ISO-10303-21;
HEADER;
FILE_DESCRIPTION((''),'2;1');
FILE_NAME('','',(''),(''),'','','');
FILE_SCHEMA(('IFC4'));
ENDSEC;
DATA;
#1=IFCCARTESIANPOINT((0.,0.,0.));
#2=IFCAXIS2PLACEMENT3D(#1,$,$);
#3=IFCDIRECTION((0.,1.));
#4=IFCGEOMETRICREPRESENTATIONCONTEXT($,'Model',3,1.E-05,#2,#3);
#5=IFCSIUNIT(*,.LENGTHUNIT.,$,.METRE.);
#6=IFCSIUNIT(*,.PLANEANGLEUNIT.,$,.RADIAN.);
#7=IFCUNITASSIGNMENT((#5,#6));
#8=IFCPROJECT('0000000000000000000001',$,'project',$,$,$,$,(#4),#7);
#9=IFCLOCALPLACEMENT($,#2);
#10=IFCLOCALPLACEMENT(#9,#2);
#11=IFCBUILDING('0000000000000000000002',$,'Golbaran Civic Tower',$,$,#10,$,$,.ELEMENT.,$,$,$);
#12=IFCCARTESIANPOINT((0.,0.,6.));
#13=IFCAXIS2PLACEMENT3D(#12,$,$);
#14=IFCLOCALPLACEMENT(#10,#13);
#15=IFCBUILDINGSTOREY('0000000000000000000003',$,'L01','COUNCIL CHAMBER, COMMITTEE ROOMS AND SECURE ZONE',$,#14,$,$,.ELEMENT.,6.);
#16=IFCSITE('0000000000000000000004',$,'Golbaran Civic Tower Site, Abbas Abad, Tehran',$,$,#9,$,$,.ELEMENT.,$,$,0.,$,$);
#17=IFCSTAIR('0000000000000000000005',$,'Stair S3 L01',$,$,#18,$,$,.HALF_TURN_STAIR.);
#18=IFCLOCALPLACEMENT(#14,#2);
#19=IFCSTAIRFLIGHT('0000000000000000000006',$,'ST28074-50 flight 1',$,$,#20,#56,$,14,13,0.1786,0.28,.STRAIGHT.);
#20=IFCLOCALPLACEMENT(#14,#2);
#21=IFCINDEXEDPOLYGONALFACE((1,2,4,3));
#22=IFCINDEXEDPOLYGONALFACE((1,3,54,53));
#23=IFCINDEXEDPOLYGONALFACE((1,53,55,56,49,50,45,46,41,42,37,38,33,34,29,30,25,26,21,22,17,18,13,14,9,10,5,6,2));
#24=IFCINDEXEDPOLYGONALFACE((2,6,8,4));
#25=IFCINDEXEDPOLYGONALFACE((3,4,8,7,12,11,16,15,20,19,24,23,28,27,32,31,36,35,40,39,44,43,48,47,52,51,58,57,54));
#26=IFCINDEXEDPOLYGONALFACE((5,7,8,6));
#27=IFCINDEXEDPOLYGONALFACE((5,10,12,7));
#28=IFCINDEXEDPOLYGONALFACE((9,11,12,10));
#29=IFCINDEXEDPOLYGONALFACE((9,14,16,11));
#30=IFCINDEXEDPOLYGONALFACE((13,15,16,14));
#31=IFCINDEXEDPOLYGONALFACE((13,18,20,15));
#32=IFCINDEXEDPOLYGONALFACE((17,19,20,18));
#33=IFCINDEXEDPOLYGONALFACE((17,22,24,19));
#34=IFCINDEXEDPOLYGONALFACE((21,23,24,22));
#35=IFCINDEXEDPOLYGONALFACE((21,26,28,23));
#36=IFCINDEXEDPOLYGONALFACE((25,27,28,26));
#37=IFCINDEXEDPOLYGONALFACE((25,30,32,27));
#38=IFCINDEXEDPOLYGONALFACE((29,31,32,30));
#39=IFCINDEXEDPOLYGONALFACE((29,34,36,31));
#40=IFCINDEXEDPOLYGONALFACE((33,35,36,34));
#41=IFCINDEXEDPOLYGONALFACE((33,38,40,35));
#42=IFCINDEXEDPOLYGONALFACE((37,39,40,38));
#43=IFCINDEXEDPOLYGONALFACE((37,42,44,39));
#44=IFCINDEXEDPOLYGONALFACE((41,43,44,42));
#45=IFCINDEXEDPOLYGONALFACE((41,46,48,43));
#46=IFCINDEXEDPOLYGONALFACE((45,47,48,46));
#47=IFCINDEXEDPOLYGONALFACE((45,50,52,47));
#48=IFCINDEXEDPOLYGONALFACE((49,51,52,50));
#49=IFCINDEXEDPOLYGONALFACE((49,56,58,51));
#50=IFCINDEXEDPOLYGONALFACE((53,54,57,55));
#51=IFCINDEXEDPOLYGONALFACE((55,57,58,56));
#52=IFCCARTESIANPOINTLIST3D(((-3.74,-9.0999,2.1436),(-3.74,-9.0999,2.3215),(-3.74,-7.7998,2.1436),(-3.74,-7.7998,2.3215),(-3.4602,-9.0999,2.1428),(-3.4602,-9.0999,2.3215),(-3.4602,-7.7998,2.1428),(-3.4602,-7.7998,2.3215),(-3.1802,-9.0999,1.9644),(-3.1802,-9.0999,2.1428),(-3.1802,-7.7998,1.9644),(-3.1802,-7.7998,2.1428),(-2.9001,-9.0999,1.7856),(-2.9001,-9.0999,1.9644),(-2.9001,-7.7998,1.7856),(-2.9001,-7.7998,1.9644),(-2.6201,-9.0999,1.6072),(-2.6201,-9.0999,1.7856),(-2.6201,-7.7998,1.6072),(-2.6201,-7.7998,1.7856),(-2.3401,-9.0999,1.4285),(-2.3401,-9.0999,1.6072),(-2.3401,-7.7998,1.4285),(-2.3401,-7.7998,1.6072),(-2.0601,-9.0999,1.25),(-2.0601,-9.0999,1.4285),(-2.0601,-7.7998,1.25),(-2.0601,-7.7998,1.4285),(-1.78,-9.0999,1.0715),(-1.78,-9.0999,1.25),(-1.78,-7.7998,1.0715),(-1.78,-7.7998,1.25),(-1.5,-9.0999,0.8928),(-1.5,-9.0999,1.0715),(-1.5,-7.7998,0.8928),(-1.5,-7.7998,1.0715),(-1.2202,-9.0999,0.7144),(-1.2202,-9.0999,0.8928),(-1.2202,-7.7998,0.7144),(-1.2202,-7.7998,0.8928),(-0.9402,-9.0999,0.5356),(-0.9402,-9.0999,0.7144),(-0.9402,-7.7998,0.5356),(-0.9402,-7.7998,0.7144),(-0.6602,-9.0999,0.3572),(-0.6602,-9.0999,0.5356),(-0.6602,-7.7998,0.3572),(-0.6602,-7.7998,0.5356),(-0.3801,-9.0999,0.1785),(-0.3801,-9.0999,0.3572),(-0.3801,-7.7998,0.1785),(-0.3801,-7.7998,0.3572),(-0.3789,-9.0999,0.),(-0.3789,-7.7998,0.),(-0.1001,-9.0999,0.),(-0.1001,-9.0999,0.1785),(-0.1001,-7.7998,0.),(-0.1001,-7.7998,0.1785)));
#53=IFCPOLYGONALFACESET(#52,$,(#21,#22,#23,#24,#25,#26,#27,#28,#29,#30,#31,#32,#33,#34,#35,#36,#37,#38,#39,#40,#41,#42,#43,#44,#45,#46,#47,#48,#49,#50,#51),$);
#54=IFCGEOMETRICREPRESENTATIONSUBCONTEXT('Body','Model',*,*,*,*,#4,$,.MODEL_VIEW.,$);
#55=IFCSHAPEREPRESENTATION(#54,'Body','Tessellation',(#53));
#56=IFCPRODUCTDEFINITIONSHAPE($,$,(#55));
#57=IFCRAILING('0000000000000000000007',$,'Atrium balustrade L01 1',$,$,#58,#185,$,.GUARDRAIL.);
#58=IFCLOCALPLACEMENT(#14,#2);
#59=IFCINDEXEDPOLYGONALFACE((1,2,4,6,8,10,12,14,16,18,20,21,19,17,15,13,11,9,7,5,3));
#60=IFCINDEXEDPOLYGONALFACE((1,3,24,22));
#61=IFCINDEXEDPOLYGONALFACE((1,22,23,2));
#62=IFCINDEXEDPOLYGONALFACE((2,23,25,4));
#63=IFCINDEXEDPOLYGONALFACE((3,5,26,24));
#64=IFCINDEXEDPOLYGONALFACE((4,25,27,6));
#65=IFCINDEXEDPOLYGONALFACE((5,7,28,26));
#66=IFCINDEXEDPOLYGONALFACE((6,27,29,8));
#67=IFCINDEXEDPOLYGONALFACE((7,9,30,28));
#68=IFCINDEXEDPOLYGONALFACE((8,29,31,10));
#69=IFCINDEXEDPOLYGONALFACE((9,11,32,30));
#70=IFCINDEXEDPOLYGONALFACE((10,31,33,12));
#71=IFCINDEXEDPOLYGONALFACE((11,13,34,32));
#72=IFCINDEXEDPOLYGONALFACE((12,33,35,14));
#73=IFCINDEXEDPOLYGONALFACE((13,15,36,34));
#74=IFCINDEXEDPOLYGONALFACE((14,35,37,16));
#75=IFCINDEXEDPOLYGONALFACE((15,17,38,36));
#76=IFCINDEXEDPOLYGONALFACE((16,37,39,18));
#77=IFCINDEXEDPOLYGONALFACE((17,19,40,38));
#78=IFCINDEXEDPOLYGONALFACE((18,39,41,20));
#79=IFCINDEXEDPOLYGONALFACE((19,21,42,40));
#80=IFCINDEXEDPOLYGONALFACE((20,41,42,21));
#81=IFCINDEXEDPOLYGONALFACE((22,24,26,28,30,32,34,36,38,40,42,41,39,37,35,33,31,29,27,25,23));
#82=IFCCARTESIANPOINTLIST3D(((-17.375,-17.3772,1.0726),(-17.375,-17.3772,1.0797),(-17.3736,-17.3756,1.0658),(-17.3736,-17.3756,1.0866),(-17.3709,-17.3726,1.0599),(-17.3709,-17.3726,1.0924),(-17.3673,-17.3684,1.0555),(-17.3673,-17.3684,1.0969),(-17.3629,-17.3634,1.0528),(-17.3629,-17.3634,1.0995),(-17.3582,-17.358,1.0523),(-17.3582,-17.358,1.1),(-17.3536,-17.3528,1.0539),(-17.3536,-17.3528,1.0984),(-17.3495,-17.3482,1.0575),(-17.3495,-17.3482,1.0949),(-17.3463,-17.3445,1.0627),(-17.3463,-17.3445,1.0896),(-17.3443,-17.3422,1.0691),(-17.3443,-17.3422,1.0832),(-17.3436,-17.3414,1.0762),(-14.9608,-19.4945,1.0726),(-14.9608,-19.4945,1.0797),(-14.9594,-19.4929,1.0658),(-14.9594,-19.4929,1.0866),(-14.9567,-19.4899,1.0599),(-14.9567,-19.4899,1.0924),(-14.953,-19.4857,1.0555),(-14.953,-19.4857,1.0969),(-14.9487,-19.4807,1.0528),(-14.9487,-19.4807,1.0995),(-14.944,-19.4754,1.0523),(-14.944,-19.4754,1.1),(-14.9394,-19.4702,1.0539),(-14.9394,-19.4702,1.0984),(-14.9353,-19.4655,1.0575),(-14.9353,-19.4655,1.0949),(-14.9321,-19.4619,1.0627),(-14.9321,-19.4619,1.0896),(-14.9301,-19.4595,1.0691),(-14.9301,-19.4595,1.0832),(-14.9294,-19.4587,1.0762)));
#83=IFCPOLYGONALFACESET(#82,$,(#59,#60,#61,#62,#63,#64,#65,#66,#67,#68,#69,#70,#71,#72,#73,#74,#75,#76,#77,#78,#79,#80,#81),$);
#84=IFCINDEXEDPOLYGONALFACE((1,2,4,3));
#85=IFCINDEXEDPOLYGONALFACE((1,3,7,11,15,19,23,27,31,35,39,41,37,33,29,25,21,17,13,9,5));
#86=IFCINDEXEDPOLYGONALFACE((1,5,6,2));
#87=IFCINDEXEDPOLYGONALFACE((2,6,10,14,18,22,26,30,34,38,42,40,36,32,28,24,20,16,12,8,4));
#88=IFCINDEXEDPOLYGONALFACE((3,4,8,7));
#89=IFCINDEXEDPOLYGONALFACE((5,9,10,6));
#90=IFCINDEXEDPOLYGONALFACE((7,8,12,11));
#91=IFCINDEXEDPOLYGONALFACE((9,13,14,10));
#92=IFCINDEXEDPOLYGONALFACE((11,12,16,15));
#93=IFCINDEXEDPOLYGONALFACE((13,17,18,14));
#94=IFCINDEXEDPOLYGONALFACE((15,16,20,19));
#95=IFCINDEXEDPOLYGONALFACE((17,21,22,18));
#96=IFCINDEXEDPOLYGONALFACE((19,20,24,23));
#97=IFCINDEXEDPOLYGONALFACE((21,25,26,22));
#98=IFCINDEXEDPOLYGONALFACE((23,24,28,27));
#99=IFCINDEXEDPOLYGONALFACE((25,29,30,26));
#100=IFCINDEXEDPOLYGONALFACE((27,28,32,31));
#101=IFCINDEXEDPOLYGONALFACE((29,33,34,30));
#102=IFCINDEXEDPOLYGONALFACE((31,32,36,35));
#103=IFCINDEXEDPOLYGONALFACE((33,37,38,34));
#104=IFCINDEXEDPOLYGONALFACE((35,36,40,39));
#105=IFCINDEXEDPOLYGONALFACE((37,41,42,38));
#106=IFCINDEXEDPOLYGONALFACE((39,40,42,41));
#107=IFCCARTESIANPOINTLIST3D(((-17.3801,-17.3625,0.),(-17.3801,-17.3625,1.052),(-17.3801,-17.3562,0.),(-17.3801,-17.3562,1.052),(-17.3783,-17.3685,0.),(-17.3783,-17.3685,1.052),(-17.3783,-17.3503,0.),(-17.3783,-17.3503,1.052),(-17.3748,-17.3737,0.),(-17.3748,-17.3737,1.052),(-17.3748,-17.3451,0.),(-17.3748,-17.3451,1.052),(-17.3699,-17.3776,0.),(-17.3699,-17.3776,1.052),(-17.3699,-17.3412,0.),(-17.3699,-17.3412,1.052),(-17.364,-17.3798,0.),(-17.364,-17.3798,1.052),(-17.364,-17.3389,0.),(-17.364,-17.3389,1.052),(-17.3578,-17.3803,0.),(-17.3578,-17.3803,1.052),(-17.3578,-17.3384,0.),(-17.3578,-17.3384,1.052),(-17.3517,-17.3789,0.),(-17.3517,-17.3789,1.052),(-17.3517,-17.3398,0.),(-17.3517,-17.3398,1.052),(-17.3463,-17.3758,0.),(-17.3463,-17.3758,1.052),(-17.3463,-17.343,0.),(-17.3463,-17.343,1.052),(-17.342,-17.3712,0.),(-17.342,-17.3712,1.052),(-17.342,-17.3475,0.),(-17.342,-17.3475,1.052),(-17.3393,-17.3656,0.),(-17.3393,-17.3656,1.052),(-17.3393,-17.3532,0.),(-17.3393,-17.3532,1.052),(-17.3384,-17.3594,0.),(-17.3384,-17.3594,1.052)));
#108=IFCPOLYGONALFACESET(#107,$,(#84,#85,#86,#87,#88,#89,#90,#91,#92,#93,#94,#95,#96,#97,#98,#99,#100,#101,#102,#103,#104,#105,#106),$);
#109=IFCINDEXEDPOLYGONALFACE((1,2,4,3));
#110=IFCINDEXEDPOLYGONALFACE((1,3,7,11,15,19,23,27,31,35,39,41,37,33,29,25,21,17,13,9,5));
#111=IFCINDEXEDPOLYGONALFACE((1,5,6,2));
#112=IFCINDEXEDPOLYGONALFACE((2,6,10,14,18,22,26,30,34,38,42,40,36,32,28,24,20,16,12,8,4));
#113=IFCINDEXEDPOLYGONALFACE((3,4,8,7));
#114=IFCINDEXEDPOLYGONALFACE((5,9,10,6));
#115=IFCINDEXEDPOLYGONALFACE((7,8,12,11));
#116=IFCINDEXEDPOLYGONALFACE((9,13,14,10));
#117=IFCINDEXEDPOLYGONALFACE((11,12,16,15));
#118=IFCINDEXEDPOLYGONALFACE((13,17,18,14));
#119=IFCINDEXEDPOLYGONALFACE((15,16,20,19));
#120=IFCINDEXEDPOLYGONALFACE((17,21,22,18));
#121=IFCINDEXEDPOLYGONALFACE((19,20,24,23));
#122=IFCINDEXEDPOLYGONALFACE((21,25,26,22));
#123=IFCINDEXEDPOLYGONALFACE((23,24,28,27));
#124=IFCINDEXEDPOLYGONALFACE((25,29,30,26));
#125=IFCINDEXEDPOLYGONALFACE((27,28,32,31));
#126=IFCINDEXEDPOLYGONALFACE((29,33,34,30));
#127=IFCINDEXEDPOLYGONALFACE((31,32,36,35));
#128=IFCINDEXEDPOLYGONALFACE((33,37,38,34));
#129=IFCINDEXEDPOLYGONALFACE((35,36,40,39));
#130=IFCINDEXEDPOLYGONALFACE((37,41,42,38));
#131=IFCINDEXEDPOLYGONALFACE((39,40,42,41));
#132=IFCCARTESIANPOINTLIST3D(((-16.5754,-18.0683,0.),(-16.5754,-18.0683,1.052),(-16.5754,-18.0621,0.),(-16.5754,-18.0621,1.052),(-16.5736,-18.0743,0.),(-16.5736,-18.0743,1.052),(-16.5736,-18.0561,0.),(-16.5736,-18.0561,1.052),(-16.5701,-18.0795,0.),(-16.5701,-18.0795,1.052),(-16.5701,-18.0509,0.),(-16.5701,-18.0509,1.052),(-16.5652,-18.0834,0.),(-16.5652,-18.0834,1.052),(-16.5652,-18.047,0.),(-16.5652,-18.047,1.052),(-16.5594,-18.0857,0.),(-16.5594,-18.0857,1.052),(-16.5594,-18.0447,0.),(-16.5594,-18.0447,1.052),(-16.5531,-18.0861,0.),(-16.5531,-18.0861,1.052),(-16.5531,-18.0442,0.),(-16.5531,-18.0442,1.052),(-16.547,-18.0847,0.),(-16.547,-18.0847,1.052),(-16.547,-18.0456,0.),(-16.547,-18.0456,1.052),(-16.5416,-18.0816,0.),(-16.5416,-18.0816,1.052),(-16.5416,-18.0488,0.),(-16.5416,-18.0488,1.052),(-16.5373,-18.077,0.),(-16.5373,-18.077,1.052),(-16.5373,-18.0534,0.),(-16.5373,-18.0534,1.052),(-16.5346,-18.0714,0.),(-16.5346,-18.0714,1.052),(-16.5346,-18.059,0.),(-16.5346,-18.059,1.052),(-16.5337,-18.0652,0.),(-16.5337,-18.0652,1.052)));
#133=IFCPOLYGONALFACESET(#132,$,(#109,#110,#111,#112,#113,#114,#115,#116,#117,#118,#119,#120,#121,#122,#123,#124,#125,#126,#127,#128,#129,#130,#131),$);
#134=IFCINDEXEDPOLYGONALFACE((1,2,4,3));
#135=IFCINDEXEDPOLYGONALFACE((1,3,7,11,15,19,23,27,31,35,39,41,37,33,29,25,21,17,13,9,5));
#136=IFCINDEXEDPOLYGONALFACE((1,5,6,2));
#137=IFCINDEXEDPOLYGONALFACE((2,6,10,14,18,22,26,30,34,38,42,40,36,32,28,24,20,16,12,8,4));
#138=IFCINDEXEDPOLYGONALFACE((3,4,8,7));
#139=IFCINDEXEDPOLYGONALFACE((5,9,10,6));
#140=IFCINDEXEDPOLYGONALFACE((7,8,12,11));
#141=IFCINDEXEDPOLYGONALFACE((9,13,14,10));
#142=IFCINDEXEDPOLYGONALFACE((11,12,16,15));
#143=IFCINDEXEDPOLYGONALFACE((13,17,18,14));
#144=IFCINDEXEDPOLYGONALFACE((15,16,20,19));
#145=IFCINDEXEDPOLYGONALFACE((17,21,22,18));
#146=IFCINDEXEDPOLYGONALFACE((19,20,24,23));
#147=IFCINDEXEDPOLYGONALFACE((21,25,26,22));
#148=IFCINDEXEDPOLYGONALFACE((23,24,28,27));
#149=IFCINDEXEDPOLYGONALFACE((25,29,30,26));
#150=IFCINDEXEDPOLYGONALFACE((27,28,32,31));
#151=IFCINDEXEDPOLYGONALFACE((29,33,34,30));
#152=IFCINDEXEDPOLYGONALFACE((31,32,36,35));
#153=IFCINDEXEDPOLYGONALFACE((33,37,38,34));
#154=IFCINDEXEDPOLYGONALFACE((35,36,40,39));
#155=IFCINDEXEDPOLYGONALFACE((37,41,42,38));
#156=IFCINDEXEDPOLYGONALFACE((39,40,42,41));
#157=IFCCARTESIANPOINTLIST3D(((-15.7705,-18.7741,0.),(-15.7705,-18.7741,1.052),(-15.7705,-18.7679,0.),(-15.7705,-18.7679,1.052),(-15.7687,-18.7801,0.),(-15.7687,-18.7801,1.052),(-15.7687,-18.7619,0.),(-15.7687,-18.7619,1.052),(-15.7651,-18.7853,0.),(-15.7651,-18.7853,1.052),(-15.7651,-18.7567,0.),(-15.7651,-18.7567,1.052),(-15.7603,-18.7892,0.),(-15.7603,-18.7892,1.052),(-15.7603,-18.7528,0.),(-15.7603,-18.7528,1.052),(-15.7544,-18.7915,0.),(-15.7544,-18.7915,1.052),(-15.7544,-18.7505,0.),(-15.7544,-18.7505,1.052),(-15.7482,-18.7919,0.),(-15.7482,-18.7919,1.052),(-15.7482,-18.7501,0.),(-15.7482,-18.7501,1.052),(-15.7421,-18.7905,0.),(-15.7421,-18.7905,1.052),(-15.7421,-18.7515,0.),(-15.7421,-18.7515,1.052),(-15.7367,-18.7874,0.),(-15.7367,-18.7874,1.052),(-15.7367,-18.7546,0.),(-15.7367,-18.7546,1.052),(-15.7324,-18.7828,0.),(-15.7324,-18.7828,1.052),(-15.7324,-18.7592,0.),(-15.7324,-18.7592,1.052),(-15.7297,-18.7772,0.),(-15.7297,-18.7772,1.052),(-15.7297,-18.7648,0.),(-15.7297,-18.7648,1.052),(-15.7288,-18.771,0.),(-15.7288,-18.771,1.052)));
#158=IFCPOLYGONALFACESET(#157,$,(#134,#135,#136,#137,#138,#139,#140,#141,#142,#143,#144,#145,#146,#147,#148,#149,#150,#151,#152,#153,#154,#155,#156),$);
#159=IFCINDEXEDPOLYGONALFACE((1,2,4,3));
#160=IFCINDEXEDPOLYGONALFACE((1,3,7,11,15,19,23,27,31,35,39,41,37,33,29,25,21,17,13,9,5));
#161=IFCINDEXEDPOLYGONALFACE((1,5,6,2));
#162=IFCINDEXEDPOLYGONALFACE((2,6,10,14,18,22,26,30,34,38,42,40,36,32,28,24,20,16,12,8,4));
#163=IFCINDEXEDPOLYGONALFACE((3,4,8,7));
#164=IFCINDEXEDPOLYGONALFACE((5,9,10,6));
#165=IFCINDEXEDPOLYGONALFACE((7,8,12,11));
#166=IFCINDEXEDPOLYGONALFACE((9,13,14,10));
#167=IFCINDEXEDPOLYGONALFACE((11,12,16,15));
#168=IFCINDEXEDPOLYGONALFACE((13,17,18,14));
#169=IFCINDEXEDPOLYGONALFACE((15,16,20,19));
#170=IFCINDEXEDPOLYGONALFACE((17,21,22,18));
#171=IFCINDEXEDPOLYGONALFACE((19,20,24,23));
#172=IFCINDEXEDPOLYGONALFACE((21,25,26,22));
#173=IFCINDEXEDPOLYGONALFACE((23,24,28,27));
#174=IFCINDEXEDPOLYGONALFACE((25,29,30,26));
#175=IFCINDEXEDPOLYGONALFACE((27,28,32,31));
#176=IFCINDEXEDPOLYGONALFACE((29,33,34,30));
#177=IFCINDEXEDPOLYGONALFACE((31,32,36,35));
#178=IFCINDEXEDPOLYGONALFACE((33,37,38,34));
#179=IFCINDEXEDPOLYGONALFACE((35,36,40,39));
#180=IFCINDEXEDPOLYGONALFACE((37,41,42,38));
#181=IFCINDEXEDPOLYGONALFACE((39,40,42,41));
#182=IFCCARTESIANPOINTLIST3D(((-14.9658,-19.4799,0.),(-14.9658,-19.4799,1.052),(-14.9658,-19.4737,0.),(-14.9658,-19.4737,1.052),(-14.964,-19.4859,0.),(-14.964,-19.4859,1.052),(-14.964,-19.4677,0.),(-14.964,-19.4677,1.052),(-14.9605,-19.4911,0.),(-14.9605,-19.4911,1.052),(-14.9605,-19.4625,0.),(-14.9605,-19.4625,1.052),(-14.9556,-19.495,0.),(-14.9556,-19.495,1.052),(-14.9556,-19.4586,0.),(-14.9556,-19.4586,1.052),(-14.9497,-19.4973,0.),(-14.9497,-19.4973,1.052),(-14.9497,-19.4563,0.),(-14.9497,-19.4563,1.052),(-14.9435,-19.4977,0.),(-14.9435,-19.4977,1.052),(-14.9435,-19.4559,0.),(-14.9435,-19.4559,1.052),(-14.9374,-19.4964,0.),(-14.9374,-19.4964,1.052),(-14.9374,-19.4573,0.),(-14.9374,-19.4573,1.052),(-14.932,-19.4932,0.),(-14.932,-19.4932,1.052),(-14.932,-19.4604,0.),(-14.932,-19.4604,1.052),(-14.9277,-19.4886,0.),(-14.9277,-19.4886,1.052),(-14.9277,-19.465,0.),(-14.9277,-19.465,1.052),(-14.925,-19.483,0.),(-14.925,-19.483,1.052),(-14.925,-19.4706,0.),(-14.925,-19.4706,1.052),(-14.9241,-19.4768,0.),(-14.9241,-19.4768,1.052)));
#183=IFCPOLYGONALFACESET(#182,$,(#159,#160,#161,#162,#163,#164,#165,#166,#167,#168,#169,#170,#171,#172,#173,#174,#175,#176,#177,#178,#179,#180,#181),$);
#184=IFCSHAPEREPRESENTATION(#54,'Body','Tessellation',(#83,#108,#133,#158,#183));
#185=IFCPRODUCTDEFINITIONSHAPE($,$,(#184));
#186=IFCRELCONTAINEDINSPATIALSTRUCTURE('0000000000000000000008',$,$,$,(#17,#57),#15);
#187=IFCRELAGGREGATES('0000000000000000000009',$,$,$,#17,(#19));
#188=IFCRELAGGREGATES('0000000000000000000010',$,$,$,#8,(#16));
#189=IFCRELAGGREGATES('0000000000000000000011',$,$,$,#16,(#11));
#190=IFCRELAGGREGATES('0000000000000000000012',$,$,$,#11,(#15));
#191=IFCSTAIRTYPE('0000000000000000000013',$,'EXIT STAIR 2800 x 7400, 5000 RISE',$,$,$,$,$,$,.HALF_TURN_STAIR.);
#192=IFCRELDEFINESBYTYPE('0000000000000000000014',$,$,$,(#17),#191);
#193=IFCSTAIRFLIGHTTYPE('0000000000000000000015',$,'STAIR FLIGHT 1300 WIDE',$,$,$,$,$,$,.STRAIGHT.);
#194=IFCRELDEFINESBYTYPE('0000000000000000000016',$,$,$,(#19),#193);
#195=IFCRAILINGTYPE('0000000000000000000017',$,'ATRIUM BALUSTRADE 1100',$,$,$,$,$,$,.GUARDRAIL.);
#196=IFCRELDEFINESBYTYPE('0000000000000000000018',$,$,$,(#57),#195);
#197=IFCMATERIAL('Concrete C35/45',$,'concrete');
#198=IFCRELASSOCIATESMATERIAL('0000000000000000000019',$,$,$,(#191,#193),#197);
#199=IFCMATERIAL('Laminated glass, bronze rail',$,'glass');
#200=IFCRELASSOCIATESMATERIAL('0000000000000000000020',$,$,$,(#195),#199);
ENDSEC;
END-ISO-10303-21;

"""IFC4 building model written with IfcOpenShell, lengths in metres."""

from ifc_helpers import new_model, si_unit, direction, frame, origin, origin_2d, place, context, subcontext, project, spatial, polyline, circle, outline, extrude, material, type_object, element, aggregate, save


model = new_model("IFC4")

# Units and contexts
model_context = context("Model", 3, precision=1e-05, world=origin(), true_north=direction((0.0, 1.0)))
body_context = subcontext(model_context, "Body", "Model", "MODEL_VIEW")
ifc_project = project(units=[si_unit("LENGTHUNIT", "METRE"), si_unit("PLANEANGLEUNIT", "RADIAN")], contexts=[model_context])

# Site, building, storey
site_placement = place(None, origin())
site = spatial("IfcSite", under=ifc_project, at=site_placement, Name="Golbaran Civic Tower Site, Abbas Abad, Tehran", CompositionType="ELEMENT", RefElevation=0.0)
building_placement = place(site_placement, origin())
building = spatial("IfcBuilding", under=site, at=building_placement, Name="Golbaran Civic Tower", CompositionType="ELEMENT")
storey_placement = place(building_placement, frame((0.0, 0.0, 6.0)))
storey = spatial("IfcBuildingStorey", under=building, at=storey_placement, Name="L01", Description="COUNCIL CHAMBER, COMMITTEE ROOMS AND SECURE ZONE", CompositionType="ELEMENT", Elevation=6.0)

# Stair, stair flight
ifc_material_1 = material(Name="Concrete C35/45", Category="concrete")
stair_type = type_object("IfcStairType", Name="EXIT STAIR 2800 x 7400, 5000 RISE", PredefinedType="HALF_TURN_STAIR", material=ifc_material_1)
stair_placement = place(storey_placement, origin())
stair = element("IfcStair", 1, at=stair_placement, inside=storey, type_object=stair_type, Name="Stair S3 L01", PredefinedType="HALF_TURN_STAIR")
stair_flight_type = type_object("IfcStairFlightType", Name="STAIR FLIGHT 1300 WIDE", PredefinedType="STRAIGHT", material=ifc_material_1)
stair_flight_placement = place(storey_placement, frame((-0.1001, -8.45, 0.0), z_axis=(0.0, 0.0, 1.0), x_axis=(-1.0, 0.0, 0.0)))
stair_flight = element("IfcStairFlight", 2, at=stair_flight_placement, type_object=stair_flight_type, Name="ST28074-50 flight 1", NumberOfRisers=14, NumberOfTreads=13, PredefinedType="STRAIGHT", RiserHeight=0.1786, TreadLength=0.28, context=body_context, shape_type="SweptSolid", body=[
    extrude(outline(polyline([(0.0, 0.0), (0.0, 0.1785), (0.28, 0.1785), (0.28, 0.3572), (0.5601, 0.3572), (0.5601, 0.5356), (0.8401, 0.5356), (0.8401, 0.7144), (1.1201, 0.7144), (1.1201, 0.8928), (1.3999, 0.8928), (1.3999, 1.0715), (1.6799, 1.0715), (1.6799, 1.25), (1.96, 1.25), (1.96, 1.4285), (2.24, 1.4285), (2.24, 1.6072), (2.52, 1.6072), (2.52, 1.7856), (2.8, 1.7856), (2.8, 1.9644), (3.0801, 1.9644), (3.0801, 2.1428), (3.3601, 2.1428), (3.3601, 2.3215), (3.6399, 2.3215), (3.6399, 2.5), (3.6399, 2.1436), (0.2788, 0.0), (0.0, 0.0)])), frame((0.0, 0.6499, 0.0), z_axis=(0.0, -1.0, 0.0), x_axis=(1.0, 0.0, 0.0)), (0.0, 0.0, 1.0), 1.3),
])
aggregate(stair, [stair_flight])

# Railing
ifc_material_2 = material(Name="Laminated glass, bronze rail", Category="glass")
railing_type = type_object("IfcRailingType", Name="ATRIUM BALUSTRADE 1100", PredefinedType="GUARDRAIL", material=ifc_material_2)
railing_1_placement = place(storey_placement, frame((-17.3594, -17.3594, 0.0)))
element("IfcRailing", 3, at=railing_1_placement, inside=storey, type_object=railing_type, Name="Atrium balustrade L01 1", PredefinedType="GUARDRAIL", context=body_context, shape_type="SweptSolid", body=[
    extrude(circle(Radius=0.0239, at=origin_2d()), frame((0.0, 0.0, 1.0762), z_axis=(0.751818, -0.659371, 0.0), x_axis=(0.659371, 0.751818, 0.0)), (0.0, 0.0, 1.0), 3.2112),
    extrude(circle(Radius=0.021, at=origin_2d()), origin(), (0.0, 0.0, 1.0), 1.052),
    extrude(circle(Radius=0.021, at=origin_2d()), frame((0.8047, -0.7058, 0.0)), (0.0, 0.0, 1.0), 1.052),
    extrude(circle(Radius=0.021, at=origin_2d()), frame((1.6096, -1.4116, 0.0)), (0.0, 0.0, 1.0), 1.052),
    extrude(circle(Radius=0.021, at=origin_2d()), frame((2.4143, -2.1174, 0.0)), (0.0, 0.0, 1.0), 1.052),
])

save(model, "model.ifc")
